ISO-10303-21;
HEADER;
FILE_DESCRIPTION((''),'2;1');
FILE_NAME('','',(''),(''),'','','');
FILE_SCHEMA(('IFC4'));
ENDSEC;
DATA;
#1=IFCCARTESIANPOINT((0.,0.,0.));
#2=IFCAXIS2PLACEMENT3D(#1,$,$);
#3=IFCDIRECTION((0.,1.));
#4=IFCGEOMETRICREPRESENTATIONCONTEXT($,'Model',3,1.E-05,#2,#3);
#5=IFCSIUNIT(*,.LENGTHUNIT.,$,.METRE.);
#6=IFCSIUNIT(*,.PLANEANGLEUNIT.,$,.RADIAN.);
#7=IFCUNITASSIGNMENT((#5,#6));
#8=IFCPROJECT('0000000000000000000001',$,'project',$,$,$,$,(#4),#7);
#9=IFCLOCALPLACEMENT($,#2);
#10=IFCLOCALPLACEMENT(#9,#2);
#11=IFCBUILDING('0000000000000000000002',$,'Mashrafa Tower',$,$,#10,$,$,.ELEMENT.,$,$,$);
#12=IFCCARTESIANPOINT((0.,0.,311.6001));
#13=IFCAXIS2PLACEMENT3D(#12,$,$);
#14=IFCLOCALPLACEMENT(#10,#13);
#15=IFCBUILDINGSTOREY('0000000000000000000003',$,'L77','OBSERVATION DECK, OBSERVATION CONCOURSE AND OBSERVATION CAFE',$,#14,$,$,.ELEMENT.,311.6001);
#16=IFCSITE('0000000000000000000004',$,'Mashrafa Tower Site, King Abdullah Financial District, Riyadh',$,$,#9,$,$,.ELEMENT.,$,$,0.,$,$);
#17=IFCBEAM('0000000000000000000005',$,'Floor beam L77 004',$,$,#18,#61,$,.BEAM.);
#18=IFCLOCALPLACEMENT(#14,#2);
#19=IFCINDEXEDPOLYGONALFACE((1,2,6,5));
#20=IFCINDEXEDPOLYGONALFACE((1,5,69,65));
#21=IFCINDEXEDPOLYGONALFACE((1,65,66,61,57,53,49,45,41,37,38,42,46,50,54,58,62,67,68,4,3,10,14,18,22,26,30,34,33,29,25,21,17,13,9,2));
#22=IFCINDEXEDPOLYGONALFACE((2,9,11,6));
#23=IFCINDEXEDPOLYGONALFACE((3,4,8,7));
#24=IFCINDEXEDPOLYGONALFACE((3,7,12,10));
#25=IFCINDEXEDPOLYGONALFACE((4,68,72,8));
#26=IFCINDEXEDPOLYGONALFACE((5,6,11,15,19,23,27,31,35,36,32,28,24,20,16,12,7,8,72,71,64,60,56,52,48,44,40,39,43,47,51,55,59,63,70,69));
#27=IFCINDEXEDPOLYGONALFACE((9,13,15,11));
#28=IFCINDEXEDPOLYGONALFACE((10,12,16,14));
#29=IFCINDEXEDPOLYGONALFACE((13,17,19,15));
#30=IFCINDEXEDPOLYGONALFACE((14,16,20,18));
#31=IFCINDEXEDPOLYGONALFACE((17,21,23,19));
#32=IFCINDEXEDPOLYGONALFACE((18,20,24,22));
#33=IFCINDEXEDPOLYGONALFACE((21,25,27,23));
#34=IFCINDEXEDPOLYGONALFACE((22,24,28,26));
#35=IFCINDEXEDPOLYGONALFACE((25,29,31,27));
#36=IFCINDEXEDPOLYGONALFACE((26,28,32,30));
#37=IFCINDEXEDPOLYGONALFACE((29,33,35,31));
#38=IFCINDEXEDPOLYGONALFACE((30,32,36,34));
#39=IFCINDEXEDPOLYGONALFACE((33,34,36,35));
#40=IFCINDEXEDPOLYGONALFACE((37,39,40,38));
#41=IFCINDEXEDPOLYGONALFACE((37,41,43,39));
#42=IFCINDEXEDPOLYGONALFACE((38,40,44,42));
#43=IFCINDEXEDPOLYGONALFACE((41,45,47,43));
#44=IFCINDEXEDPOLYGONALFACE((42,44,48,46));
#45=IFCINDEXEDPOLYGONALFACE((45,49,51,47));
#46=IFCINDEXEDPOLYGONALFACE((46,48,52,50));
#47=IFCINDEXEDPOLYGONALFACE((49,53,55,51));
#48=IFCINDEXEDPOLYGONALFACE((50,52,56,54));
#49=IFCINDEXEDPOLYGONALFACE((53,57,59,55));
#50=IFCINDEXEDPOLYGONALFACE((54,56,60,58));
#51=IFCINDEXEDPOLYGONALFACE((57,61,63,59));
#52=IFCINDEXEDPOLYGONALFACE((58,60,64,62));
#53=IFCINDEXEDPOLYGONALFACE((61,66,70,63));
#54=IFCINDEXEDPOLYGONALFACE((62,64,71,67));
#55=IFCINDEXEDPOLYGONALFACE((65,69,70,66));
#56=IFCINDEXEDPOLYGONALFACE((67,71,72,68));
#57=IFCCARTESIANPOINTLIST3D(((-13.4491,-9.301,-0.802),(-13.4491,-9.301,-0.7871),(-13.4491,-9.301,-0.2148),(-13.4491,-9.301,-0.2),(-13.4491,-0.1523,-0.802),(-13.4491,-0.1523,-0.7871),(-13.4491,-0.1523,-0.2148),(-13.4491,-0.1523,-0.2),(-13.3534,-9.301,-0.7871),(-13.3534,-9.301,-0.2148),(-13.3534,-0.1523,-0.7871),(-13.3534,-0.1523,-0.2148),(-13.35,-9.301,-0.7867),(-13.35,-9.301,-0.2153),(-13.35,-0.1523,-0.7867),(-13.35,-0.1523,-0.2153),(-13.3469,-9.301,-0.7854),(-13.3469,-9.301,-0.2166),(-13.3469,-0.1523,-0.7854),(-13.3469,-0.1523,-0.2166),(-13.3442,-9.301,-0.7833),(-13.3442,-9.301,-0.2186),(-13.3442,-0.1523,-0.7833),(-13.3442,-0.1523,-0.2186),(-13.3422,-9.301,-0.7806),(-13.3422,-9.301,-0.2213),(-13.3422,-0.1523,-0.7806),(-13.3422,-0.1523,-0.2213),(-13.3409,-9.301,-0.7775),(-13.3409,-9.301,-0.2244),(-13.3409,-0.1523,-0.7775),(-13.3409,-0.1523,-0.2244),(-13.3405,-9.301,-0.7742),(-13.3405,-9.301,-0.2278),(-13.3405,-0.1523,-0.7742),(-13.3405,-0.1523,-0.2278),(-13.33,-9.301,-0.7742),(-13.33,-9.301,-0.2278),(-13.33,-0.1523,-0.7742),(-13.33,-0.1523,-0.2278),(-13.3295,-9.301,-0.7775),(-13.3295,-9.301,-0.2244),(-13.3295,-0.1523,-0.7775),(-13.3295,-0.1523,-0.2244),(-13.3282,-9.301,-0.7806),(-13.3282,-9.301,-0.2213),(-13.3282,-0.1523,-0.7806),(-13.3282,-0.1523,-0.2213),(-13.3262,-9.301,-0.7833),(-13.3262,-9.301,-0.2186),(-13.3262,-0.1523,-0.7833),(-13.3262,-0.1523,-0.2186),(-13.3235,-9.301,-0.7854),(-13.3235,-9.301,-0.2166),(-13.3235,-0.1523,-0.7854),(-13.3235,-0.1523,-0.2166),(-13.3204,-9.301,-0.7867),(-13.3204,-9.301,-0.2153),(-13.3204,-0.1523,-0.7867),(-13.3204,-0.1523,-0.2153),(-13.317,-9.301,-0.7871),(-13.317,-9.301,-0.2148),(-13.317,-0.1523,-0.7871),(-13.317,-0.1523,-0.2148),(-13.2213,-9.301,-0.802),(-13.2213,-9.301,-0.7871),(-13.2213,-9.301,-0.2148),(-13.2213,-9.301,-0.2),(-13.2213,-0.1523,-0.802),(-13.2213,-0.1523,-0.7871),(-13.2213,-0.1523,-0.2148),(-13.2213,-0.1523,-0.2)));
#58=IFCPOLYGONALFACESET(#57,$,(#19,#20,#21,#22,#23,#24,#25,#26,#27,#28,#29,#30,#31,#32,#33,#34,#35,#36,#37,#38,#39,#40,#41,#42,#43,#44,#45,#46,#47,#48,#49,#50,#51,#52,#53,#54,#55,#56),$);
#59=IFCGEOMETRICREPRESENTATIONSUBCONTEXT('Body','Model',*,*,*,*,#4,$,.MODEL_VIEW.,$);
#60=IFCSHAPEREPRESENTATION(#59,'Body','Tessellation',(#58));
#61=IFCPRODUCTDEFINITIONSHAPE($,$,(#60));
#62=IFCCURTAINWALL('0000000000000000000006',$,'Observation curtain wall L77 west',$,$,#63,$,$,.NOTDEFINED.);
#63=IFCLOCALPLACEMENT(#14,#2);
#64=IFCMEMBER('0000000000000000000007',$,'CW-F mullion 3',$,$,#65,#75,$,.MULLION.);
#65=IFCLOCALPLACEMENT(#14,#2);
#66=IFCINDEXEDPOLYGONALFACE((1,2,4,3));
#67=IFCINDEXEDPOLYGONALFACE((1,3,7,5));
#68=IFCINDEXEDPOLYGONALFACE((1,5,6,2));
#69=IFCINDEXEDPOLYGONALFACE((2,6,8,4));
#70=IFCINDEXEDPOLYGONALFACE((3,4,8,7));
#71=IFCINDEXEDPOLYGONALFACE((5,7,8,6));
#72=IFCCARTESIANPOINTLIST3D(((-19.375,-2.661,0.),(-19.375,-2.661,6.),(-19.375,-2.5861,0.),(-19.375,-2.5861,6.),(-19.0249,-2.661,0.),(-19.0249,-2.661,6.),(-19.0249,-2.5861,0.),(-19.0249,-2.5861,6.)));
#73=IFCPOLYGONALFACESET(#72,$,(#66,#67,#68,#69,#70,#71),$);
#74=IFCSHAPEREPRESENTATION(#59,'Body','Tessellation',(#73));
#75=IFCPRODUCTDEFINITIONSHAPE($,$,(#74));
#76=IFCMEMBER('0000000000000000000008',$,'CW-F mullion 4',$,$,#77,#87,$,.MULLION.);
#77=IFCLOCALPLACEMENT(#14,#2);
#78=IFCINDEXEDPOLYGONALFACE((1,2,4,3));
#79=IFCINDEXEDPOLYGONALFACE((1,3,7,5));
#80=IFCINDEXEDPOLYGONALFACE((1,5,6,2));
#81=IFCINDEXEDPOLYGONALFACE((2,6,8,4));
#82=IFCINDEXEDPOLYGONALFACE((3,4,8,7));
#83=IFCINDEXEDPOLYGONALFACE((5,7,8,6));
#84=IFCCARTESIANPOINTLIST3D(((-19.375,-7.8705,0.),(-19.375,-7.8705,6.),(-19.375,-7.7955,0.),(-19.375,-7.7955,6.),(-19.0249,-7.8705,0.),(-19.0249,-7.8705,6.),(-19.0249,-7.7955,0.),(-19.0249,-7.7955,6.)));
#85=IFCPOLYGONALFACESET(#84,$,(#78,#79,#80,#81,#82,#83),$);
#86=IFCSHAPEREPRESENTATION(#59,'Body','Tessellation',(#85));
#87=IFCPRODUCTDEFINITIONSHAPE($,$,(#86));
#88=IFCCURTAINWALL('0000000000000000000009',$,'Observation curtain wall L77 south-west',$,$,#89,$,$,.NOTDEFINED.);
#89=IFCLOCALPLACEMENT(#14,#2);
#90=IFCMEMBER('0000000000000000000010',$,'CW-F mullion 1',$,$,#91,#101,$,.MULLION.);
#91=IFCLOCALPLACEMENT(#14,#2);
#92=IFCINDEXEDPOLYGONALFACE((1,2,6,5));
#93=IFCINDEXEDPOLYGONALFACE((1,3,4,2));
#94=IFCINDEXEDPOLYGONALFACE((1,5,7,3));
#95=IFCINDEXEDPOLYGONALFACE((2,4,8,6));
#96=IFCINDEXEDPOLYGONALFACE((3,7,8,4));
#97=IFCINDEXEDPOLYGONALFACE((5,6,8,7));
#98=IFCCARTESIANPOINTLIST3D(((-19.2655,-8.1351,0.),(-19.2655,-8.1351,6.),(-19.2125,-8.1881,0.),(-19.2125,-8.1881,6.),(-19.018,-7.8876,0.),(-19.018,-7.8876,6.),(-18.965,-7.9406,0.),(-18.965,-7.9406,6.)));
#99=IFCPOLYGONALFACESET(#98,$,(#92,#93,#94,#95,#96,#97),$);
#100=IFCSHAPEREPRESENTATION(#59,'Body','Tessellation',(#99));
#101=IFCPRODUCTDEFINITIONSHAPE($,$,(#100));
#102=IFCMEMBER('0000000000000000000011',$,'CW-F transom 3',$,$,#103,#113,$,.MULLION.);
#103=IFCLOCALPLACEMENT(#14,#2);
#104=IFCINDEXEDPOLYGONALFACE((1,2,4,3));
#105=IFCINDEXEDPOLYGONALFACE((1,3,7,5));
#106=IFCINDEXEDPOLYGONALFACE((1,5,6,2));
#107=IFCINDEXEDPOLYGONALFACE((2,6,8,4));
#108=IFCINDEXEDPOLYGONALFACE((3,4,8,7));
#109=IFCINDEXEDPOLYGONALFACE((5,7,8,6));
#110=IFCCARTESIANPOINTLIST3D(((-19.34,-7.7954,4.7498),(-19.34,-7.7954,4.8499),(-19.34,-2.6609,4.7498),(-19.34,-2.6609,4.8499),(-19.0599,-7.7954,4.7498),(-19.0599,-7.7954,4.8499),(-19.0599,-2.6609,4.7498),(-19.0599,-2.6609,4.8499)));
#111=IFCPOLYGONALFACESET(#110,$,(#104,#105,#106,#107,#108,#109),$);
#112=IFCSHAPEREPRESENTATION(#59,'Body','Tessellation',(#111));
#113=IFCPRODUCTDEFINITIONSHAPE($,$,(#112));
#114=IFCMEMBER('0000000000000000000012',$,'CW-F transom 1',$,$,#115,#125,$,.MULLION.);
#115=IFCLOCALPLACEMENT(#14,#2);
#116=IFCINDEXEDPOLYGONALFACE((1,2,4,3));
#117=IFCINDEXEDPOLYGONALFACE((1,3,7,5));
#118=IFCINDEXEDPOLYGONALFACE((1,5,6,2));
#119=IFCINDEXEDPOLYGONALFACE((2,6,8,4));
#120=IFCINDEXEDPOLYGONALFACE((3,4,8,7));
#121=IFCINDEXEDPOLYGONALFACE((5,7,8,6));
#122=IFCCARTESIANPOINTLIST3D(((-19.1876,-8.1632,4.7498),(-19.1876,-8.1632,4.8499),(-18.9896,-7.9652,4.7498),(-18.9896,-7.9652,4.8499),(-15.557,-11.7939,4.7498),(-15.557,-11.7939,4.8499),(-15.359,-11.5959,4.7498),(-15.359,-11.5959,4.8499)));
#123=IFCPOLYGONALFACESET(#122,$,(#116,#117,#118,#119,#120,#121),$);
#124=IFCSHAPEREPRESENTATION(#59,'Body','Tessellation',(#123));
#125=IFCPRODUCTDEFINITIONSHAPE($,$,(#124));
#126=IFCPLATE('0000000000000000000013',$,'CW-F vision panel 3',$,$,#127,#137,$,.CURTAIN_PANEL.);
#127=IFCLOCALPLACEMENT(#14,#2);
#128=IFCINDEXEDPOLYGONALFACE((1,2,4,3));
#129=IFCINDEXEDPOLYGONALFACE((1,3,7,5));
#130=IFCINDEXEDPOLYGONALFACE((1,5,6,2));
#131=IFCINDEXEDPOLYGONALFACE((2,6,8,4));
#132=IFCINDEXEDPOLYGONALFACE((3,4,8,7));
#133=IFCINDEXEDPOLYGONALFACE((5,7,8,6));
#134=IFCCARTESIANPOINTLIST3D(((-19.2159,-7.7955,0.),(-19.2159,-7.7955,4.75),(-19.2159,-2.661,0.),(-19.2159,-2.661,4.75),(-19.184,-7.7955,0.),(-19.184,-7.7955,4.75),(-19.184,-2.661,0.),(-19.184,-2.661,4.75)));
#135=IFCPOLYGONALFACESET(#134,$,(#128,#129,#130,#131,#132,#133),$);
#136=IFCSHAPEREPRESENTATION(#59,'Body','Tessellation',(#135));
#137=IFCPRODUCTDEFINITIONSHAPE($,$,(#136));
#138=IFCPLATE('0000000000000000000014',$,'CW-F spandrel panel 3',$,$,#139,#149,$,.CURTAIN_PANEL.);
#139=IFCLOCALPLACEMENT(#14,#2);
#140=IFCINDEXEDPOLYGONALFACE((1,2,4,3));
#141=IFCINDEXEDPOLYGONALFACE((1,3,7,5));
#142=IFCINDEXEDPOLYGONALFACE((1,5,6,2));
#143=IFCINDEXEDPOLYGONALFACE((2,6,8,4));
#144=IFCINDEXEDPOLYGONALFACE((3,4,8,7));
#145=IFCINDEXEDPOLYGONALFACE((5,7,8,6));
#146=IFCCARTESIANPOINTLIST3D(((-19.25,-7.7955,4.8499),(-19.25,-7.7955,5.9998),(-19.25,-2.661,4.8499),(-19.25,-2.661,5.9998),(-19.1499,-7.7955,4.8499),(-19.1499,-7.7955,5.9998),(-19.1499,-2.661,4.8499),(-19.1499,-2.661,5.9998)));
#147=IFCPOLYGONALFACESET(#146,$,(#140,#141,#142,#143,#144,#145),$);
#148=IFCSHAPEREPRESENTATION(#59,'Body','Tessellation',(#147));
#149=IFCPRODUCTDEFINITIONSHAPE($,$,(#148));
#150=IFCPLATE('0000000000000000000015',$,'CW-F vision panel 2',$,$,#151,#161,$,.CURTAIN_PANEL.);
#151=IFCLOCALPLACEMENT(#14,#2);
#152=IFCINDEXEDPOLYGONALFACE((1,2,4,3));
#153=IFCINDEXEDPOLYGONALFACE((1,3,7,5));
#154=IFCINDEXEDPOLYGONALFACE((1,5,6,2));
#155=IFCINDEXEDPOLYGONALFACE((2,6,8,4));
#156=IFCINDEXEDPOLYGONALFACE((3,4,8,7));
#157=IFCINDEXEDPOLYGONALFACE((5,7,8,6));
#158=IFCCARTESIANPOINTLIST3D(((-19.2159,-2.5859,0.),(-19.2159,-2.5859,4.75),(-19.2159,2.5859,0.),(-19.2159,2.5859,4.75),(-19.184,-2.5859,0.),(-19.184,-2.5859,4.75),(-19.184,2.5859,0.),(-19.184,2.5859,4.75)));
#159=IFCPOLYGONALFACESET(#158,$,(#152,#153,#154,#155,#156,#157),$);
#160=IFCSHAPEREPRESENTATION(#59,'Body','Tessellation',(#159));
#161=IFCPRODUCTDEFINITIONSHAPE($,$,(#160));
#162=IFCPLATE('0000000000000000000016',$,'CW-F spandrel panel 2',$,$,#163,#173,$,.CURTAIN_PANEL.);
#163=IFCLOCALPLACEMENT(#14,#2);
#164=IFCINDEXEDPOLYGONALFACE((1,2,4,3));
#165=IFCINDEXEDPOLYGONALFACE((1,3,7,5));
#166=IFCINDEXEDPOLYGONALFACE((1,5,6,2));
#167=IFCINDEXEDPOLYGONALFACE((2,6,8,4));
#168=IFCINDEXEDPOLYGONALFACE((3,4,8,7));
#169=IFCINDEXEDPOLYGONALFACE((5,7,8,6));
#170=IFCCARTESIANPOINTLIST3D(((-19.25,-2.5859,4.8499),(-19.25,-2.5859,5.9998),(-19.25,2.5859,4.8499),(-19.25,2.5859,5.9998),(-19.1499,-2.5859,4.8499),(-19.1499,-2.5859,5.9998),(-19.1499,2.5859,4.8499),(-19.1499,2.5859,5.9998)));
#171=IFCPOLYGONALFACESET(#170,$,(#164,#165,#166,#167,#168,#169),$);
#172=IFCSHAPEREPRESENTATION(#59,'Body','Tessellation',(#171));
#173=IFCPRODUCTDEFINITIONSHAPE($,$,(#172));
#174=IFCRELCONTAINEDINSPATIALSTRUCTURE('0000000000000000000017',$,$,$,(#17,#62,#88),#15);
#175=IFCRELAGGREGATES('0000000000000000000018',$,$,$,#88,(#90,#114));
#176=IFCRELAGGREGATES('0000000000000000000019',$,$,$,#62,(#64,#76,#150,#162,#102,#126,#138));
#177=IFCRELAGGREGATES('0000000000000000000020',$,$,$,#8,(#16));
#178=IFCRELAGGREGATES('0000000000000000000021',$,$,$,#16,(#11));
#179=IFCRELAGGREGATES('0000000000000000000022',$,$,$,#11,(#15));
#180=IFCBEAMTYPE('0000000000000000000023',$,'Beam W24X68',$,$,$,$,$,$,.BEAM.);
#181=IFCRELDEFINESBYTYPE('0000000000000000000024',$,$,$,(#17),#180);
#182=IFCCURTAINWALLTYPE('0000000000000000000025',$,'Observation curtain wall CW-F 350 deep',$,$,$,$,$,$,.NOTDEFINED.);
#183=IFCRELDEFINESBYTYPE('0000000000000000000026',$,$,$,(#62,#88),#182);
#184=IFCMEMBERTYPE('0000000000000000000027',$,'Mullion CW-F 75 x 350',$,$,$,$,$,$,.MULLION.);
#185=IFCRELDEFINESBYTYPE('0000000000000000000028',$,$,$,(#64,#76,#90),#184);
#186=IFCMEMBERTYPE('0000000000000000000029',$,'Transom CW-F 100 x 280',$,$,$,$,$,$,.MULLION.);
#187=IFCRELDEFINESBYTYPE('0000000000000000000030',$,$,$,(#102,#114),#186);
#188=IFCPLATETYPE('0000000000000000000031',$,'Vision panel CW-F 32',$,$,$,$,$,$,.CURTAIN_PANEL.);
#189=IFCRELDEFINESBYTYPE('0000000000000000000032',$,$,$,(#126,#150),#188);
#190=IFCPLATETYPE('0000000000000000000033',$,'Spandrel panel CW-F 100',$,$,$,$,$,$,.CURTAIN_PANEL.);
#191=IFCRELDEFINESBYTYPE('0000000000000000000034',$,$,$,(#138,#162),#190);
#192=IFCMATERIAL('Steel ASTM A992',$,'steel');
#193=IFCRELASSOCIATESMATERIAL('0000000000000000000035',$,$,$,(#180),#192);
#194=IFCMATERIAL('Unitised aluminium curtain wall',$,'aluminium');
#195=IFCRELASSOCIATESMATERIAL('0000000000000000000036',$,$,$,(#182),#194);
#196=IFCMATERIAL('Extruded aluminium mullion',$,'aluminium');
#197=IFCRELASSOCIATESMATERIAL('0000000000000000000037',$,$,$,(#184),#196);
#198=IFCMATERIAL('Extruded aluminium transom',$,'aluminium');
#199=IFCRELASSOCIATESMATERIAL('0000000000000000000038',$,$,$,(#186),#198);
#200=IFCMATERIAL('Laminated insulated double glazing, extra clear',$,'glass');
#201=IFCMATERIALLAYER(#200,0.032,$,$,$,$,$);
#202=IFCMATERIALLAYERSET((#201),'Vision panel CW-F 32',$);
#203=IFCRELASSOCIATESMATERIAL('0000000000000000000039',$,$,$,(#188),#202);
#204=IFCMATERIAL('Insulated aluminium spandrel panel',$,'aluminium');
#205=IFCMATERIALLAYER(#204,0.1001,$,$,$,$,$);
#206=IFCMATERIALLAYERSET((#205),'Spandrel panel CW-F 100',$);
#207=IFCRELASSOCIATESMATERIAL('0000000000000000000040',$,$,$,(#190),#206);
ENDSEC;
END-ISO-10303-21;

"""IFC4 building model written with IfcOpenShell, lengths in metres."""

from ifc_helpers import new_model, si_unit, direction, frame, origin, origin_2d, place, context, subcontext, project, spatial, rectangle, i_section, extrude, source, transform, mapped, material, layer, layer_set, material_profile, profile_set, type_object, type_shapes, element, aggregate, save


model = new_model("IFC4")

# Units and contexts
model_context = context("Model", 3, precision=1e-05, world=origin(), true_north=direction((0.0, 1.0)))
body_context = subcontext(model_context, "Body", "Model", "MODEL_VIEW")
ifc_project = project(units=[si_unit("LENGTHUNIT", "METRE"), si_unit("PLANEANGLEUNIT", "RADIAN")], contexts=[model_context])

# Site, building, storey
site_placement = place(None, origin())
site = spatial("IfcSite", under=ifc_project, at=site_placement, Name="Mashrafa Tower Site, King Abdullah Financial District, Riyadh", CompositionType="ELEMENT", RefElevation=0.0)
building_placement = place(site_placement, origin())
building = spatial("IfcBuilding", under=site, at=building_placement, Name="Mashrafa Tower", CompositionType="ELEMENT")
storey_placement = place(building_placement, frame((0.0, 0.0, 311.6001)))
storey = spatial("IfcBuildingStorey", under=building, at=storey_placement, Name="L77", Description="OBSERVATION DECK, OBSERVATION CONCOURSE AND OBSERVATION CAFE", CompositionType="ELEMENT", Elevation=311.6001)

# Beam
ifc_material_1 = material(Name="Steel ASTM A992", Category="steel")
ifc_material_profile_1 = material_profile(ifc_material_1, i_section(OverallWidth=0.2278, OverallDepth=0.6021, WebThickness=0.0105, FlangeThickness=0.0149, FilletRadius=0.0129, at=origin_2d()), Name="W24X68")
ifc_profile_set_1 = profile_set([ifc_material_profile_1], Name="Steel ASTM A992")
beam_type_1 = type_object("IfcBeamType", Name="Beam W24X68", PredefinedType="BEAM", material=ifc_profile_set_1)
beam_1_placement = place(storey_placement, frame((-13.3352, -9.301, -0.501), z_axis=(0.0, 1.0, 0.0), x_axis=(-1.0, 0.0, 0.0)))
element("IfcBeam", 1, at=beam_1_placement, inside=storey, type_object=beam_type_1, Name="Floor beam L77 004", PredefinedType="BEAM", context=body_context, shape_type="SweptSolid", body=[
    extrude(i_section(OverallWidth=0.2278, OverallDepth=0.6021, WebThickness=0.0105, FlangeThickness=0.0149, FilletRadius=0.0129, at=origin_2d()), origin(), (0.0, 0.0, 1.0), 9.1487),
])

# Curtain wall, members
ifc_material_2 = material(Name="Unitised aluminium curtain wall", Category="aluminium")
curtain_wall_type = type_object("IfcCurtainWallType", Name="Observation curtain wall CW-F 350 deep", PredefinedType="NOTDEFINED", material=ifc_material_2)
curtain_wall_1_placement = place(storey_placement, origin())
curtain_wall_1 = element("IfcCurtainWall", 2, at=curtain_wall_1_placement, inside=storey, type_object=curtain_wall_type, Name="Observation curtain wall L77 west", PredefinedType="NOTDEFINED")
ifc_material_3 = material(Name="Extruded aluminium mullion", Category="aluminium")
ifc_material_profile_2 = material_profile(ifc_material_3, rectangle(XDim=0.3501, YDim=0.075, at=origin_2d()), Name="Mullion 75x350")
ifc_profile_set_2 = profile_set([ifc_material_profile_2], Name="Extruded aluminium mullion")
member_type_1 = type_object("IfcMemberType", Name="Mullion CW-F 75 x 350", PredefinedType="MULLION", material=ifc_profile_set_2)
shared_shape_1 = source(origin(), body_context, "Body", "SweptSolid", [
    extrude(rectangle(XDim=0.3501, YDim=0.075, at=origin_2d()), origin(), (0.0, 0.0, 1.0), 6.0),
])
type_shapes(member_type_1, [shared_shape_1])
member_1_placement = place(storey_placement, frame((-19.2, -2.6235, 0.0), z_axis=(0.0, 0.0, 1.0), x_axis=(1.0, 0.0, 0.0)))
member_1 = element("IfcMember", 3, at=member_1_placement, type_object=member_type_1, Name="CW-F mullion 3", PredefinedType="MULLION", context=body_context, shape_type="MappedRepresentation", body=[
    mapped(shared_shape_1, transform((0.0, 0.0, 0.0))),
])
member_2_placement = place(storey_placement, frame((-19.2, -7.833, 0.0), z_axis=(0.0, 0.0, 1.0), x_axis=(1.0, 0.0, 0.0)))
member_2 = element("IfcMember", 4, at=member_2_placement, type_object=member_type_1, Name="CW-F mullion 4", PredefinedType="MULLION", context=body_context, shape_type="MappedRepresentation", body=[
    mapped(shared_shape_1, transform((0.0, 0.0, 0.0))),
])

# Curtain wall, member
curtain_wall_2_placement = place(storey_placement, origin())
curtain_wall_2 = element("IfcCurtainWall", 5, at=curtain_wall_2_placement, inside=storey, type_object=curtain_wall_type, Name="Observation curtain wall L77 south-west", PredefinedType="NOTDEFINED")
member_3_placement = place(storey_placement, frame((-19.1152, -8.0378, 0.0), z_axis=(0.0, 0.0, 1.0), x_axis=(0.707107, 0.707107, 0.0)))
member_3 = element("IfcMember", 6, at=member_3_placement, type_object=member_type_1, Name="CW-F mullion 1", PredefinedType="MULLION", context=body_context, shape_type="MappedRepresentation", body=[
    mapped(shared_shape_1, transform((0.0, 0.0, 0.0))),
])

# Members
ifc_material_4 = material(Name="Extruded aluminium transom", Category="aluminium")
ifc_material_profile_3 = material_profile(ifc_material_4, rectangle(XDim=0.28, YDim=0.1001, at=origin_2d()), Name="Transom 100x280")
ifc_profile_set_3 = profile_set([ifc_material_profile_3], Name="Extruded aluminium transom")
member_type_2 = type_object("IfcMemberType", Name="Transom CW-F 100 x 280", PredefinedType="MULLION", material=ifc_profile_set_3)
shared_shape_2 = source(origin(), body_context, "Body", "SweptSolid", [
    extrude(rectangle(XDim=0.28, YDim=0.1001, at=origin_2d()), origin(), (0.0, 0.0, 1.0), 5.1345),
])
type_shapes(member_type_2, [shared_shape_2])
member_4_placement = place(storey_placement, frame((-19.2, -2.6609, 4.7998), z_axis=(0.0, -1.0, 0.0), x_axis=(1.0, 0.0, 0.0)))
member_4 = element("IfcMember", 7, at=member_4_placement, type_object=member_type_2, Name="CW-F transom 3", PredefinedType="MULLION", context=body_context, shape_type="MappedRepresentation", body=[
    mapped(shared_shape_2, transform((0.0, 0.0, 0.0))),
])
member_5_placement = place(storey_placement, frame((-19.0886, -8.0642, 4.7998), z_axis=(0.707107, -0.707107, 0.0), x_axis=(0.707107, 0.707107, 0.0)))
member_5 = element("IfcMember", 8, at=member_5_placement, type_object=member_type_2, Name="CW-F transom 1", PredefinedType="MULLION", context=body_context, shape_type="MappedRepresentation", body=[
    mapped(shared_shape_2, transform((0.0, 0.0, 0.0))),
])
aggregate(curtain_wall_2, [member_3, member_5])

# Plates
ifc_material_5 = material(Name="Laminated insulated double glazing, extra clear", Category="glass")
ifc_layer_1 = layer(ifc_material_5, 0.032)
ifc_layer_set_1 = layer_set([ifc_layer_1], Name="Vision panel CW-F 32")
plate_type_1 = type_object("IfcPlateType", Name="Vision panel CW-F 32", PredefinedType="CURTAIN_PANEL", material=ifc_layer_set_1)
shared_shape_3 = source(origin(), body_context, "Body", "SweptSolid", [
    extrude(rectangle(XDim=5.1345, YDim=0.032, at=origin_2d()), origin(), (0.0, 0.0, 1.0), 4.75),
])
plate_1_placement = place(storey_placement, frame((-19.2, -5.2283, 0.0), z_axis=(0.0, 0.0, 1.0), x_axis=(0.0, -1.0, 0.0)))
plate_1 = element("IfcPlate", 9, at=plate_1_placement, type_object=plate_type_1, Name="CW-F vision panel 3", PredefinedType="CURTAIN_PANEL", context=body_context, shape_type="MappedRepresentation", body=[
    mapped(shared_shape_3, transform((0.0, 0.0, 0.0))),
])
ifc_material_6 = material(Name="Insulated aluminium spandrel panel", Category="aluminium")
ifc_layer_2 = layer(ifc_material_6, 0.1001)
ifc_layer_set_2 = layer_set([ifc_layer_2], Name="Spandrel panel CW-F 100")
plate_type_2 = type_object("IfcPlateType", Name="Spandrel panel CW-F 100", PredefinedType="CURTAIN_PANEL", material=ifc_layer_set_2)
shared_shape_4 = source(origin(), body_context, "Body", "SweptSolid", [
    extrude(rectangle(XDim=5.1345, YDim=0.1001, at=origin_2d()), origin(), (0.0, 0.0, 1.0), 1.1499),
])
plate_2_placement = place(storey_placement, frame((-19.2, -5.2283, 4.8499), z_axis=(0.0, 0.0, 1.0), x_axis=(0.0, -1.0, 0.0)))
plate_2 = element("IfcPlate", 10, at=plate_2_placement, type_object=plate_type_2, Name="CW-F spandrel panel 3", PredefinedType="CURTAIN_PANEL", context=body_context, shape_type="MappedRepresentation", body=[
    mapped(shared_shape_4, transform((0.0, 0.0, 0.0))),
])
shared_shape_5 = source(origin(), body_context, "Body", "SweptSolid", [
    extrude(rectangle(XDim=5.1719, YDim=0.032, at=origin_2d()), origin(), (0.0, 0.0, 1.0), 4.75),
])
type_shapes(plate_type_1, [shared_shape_3, shared_shape_5])
plate_3_placement = place(storey_placement, frame((-19.2, 0.0, 0.0), z_axis=(0.0, 0.0, 1.0), x_axis=(0.0, -1.0, 0.0)))
plate_3 = element("IfcPlate", 11, at=plate_3_placement, type_object=plate_type_1, Name="CW-F vision panel 2", PredefinedType="CURTAIN_PANEL", context=body_context, shape_type="MappedRepresentation", body=[
    mapped(shared_shape_5, transform((0.0, 0.0, 0.0))),
])
shared_shape_6 = source(origin(), body_context, "Body", "SweptSolid", [
    extrude(rectangle(XDim=5.1719, YDim=0.1001, at=origin_2d()), origin(), (0.0, 0.0, 1.0), 1.1499),
])
type_shapes(plate_type_2, [shared_shape_4, shared_shape_6])
plate_4_placement = place(storey_placement, frame((-19.2, 0.0, 4.8499), z_axis=(0.0, 0.0, 1.0), x_axis=(0.0, -1.0, 0.0)))
plate_4 = element("IfcPlate", 12, at=plate_4_placement, type_object=plate_type_2, Name="CW-F spandrel panel 2", PredefinedType="CURTAIN_PANEL", context=body_context, shape_type="MappedRepresentation", body=[
    mapped(shared_shape_6, transform((0.0, 0.0, 0.0))),
])
aggregate(curtain_wall_1, [member_1, member_2, plate_3, plate_4, member_4, plate_1, plate_2])

save(model, "model.ifc")
